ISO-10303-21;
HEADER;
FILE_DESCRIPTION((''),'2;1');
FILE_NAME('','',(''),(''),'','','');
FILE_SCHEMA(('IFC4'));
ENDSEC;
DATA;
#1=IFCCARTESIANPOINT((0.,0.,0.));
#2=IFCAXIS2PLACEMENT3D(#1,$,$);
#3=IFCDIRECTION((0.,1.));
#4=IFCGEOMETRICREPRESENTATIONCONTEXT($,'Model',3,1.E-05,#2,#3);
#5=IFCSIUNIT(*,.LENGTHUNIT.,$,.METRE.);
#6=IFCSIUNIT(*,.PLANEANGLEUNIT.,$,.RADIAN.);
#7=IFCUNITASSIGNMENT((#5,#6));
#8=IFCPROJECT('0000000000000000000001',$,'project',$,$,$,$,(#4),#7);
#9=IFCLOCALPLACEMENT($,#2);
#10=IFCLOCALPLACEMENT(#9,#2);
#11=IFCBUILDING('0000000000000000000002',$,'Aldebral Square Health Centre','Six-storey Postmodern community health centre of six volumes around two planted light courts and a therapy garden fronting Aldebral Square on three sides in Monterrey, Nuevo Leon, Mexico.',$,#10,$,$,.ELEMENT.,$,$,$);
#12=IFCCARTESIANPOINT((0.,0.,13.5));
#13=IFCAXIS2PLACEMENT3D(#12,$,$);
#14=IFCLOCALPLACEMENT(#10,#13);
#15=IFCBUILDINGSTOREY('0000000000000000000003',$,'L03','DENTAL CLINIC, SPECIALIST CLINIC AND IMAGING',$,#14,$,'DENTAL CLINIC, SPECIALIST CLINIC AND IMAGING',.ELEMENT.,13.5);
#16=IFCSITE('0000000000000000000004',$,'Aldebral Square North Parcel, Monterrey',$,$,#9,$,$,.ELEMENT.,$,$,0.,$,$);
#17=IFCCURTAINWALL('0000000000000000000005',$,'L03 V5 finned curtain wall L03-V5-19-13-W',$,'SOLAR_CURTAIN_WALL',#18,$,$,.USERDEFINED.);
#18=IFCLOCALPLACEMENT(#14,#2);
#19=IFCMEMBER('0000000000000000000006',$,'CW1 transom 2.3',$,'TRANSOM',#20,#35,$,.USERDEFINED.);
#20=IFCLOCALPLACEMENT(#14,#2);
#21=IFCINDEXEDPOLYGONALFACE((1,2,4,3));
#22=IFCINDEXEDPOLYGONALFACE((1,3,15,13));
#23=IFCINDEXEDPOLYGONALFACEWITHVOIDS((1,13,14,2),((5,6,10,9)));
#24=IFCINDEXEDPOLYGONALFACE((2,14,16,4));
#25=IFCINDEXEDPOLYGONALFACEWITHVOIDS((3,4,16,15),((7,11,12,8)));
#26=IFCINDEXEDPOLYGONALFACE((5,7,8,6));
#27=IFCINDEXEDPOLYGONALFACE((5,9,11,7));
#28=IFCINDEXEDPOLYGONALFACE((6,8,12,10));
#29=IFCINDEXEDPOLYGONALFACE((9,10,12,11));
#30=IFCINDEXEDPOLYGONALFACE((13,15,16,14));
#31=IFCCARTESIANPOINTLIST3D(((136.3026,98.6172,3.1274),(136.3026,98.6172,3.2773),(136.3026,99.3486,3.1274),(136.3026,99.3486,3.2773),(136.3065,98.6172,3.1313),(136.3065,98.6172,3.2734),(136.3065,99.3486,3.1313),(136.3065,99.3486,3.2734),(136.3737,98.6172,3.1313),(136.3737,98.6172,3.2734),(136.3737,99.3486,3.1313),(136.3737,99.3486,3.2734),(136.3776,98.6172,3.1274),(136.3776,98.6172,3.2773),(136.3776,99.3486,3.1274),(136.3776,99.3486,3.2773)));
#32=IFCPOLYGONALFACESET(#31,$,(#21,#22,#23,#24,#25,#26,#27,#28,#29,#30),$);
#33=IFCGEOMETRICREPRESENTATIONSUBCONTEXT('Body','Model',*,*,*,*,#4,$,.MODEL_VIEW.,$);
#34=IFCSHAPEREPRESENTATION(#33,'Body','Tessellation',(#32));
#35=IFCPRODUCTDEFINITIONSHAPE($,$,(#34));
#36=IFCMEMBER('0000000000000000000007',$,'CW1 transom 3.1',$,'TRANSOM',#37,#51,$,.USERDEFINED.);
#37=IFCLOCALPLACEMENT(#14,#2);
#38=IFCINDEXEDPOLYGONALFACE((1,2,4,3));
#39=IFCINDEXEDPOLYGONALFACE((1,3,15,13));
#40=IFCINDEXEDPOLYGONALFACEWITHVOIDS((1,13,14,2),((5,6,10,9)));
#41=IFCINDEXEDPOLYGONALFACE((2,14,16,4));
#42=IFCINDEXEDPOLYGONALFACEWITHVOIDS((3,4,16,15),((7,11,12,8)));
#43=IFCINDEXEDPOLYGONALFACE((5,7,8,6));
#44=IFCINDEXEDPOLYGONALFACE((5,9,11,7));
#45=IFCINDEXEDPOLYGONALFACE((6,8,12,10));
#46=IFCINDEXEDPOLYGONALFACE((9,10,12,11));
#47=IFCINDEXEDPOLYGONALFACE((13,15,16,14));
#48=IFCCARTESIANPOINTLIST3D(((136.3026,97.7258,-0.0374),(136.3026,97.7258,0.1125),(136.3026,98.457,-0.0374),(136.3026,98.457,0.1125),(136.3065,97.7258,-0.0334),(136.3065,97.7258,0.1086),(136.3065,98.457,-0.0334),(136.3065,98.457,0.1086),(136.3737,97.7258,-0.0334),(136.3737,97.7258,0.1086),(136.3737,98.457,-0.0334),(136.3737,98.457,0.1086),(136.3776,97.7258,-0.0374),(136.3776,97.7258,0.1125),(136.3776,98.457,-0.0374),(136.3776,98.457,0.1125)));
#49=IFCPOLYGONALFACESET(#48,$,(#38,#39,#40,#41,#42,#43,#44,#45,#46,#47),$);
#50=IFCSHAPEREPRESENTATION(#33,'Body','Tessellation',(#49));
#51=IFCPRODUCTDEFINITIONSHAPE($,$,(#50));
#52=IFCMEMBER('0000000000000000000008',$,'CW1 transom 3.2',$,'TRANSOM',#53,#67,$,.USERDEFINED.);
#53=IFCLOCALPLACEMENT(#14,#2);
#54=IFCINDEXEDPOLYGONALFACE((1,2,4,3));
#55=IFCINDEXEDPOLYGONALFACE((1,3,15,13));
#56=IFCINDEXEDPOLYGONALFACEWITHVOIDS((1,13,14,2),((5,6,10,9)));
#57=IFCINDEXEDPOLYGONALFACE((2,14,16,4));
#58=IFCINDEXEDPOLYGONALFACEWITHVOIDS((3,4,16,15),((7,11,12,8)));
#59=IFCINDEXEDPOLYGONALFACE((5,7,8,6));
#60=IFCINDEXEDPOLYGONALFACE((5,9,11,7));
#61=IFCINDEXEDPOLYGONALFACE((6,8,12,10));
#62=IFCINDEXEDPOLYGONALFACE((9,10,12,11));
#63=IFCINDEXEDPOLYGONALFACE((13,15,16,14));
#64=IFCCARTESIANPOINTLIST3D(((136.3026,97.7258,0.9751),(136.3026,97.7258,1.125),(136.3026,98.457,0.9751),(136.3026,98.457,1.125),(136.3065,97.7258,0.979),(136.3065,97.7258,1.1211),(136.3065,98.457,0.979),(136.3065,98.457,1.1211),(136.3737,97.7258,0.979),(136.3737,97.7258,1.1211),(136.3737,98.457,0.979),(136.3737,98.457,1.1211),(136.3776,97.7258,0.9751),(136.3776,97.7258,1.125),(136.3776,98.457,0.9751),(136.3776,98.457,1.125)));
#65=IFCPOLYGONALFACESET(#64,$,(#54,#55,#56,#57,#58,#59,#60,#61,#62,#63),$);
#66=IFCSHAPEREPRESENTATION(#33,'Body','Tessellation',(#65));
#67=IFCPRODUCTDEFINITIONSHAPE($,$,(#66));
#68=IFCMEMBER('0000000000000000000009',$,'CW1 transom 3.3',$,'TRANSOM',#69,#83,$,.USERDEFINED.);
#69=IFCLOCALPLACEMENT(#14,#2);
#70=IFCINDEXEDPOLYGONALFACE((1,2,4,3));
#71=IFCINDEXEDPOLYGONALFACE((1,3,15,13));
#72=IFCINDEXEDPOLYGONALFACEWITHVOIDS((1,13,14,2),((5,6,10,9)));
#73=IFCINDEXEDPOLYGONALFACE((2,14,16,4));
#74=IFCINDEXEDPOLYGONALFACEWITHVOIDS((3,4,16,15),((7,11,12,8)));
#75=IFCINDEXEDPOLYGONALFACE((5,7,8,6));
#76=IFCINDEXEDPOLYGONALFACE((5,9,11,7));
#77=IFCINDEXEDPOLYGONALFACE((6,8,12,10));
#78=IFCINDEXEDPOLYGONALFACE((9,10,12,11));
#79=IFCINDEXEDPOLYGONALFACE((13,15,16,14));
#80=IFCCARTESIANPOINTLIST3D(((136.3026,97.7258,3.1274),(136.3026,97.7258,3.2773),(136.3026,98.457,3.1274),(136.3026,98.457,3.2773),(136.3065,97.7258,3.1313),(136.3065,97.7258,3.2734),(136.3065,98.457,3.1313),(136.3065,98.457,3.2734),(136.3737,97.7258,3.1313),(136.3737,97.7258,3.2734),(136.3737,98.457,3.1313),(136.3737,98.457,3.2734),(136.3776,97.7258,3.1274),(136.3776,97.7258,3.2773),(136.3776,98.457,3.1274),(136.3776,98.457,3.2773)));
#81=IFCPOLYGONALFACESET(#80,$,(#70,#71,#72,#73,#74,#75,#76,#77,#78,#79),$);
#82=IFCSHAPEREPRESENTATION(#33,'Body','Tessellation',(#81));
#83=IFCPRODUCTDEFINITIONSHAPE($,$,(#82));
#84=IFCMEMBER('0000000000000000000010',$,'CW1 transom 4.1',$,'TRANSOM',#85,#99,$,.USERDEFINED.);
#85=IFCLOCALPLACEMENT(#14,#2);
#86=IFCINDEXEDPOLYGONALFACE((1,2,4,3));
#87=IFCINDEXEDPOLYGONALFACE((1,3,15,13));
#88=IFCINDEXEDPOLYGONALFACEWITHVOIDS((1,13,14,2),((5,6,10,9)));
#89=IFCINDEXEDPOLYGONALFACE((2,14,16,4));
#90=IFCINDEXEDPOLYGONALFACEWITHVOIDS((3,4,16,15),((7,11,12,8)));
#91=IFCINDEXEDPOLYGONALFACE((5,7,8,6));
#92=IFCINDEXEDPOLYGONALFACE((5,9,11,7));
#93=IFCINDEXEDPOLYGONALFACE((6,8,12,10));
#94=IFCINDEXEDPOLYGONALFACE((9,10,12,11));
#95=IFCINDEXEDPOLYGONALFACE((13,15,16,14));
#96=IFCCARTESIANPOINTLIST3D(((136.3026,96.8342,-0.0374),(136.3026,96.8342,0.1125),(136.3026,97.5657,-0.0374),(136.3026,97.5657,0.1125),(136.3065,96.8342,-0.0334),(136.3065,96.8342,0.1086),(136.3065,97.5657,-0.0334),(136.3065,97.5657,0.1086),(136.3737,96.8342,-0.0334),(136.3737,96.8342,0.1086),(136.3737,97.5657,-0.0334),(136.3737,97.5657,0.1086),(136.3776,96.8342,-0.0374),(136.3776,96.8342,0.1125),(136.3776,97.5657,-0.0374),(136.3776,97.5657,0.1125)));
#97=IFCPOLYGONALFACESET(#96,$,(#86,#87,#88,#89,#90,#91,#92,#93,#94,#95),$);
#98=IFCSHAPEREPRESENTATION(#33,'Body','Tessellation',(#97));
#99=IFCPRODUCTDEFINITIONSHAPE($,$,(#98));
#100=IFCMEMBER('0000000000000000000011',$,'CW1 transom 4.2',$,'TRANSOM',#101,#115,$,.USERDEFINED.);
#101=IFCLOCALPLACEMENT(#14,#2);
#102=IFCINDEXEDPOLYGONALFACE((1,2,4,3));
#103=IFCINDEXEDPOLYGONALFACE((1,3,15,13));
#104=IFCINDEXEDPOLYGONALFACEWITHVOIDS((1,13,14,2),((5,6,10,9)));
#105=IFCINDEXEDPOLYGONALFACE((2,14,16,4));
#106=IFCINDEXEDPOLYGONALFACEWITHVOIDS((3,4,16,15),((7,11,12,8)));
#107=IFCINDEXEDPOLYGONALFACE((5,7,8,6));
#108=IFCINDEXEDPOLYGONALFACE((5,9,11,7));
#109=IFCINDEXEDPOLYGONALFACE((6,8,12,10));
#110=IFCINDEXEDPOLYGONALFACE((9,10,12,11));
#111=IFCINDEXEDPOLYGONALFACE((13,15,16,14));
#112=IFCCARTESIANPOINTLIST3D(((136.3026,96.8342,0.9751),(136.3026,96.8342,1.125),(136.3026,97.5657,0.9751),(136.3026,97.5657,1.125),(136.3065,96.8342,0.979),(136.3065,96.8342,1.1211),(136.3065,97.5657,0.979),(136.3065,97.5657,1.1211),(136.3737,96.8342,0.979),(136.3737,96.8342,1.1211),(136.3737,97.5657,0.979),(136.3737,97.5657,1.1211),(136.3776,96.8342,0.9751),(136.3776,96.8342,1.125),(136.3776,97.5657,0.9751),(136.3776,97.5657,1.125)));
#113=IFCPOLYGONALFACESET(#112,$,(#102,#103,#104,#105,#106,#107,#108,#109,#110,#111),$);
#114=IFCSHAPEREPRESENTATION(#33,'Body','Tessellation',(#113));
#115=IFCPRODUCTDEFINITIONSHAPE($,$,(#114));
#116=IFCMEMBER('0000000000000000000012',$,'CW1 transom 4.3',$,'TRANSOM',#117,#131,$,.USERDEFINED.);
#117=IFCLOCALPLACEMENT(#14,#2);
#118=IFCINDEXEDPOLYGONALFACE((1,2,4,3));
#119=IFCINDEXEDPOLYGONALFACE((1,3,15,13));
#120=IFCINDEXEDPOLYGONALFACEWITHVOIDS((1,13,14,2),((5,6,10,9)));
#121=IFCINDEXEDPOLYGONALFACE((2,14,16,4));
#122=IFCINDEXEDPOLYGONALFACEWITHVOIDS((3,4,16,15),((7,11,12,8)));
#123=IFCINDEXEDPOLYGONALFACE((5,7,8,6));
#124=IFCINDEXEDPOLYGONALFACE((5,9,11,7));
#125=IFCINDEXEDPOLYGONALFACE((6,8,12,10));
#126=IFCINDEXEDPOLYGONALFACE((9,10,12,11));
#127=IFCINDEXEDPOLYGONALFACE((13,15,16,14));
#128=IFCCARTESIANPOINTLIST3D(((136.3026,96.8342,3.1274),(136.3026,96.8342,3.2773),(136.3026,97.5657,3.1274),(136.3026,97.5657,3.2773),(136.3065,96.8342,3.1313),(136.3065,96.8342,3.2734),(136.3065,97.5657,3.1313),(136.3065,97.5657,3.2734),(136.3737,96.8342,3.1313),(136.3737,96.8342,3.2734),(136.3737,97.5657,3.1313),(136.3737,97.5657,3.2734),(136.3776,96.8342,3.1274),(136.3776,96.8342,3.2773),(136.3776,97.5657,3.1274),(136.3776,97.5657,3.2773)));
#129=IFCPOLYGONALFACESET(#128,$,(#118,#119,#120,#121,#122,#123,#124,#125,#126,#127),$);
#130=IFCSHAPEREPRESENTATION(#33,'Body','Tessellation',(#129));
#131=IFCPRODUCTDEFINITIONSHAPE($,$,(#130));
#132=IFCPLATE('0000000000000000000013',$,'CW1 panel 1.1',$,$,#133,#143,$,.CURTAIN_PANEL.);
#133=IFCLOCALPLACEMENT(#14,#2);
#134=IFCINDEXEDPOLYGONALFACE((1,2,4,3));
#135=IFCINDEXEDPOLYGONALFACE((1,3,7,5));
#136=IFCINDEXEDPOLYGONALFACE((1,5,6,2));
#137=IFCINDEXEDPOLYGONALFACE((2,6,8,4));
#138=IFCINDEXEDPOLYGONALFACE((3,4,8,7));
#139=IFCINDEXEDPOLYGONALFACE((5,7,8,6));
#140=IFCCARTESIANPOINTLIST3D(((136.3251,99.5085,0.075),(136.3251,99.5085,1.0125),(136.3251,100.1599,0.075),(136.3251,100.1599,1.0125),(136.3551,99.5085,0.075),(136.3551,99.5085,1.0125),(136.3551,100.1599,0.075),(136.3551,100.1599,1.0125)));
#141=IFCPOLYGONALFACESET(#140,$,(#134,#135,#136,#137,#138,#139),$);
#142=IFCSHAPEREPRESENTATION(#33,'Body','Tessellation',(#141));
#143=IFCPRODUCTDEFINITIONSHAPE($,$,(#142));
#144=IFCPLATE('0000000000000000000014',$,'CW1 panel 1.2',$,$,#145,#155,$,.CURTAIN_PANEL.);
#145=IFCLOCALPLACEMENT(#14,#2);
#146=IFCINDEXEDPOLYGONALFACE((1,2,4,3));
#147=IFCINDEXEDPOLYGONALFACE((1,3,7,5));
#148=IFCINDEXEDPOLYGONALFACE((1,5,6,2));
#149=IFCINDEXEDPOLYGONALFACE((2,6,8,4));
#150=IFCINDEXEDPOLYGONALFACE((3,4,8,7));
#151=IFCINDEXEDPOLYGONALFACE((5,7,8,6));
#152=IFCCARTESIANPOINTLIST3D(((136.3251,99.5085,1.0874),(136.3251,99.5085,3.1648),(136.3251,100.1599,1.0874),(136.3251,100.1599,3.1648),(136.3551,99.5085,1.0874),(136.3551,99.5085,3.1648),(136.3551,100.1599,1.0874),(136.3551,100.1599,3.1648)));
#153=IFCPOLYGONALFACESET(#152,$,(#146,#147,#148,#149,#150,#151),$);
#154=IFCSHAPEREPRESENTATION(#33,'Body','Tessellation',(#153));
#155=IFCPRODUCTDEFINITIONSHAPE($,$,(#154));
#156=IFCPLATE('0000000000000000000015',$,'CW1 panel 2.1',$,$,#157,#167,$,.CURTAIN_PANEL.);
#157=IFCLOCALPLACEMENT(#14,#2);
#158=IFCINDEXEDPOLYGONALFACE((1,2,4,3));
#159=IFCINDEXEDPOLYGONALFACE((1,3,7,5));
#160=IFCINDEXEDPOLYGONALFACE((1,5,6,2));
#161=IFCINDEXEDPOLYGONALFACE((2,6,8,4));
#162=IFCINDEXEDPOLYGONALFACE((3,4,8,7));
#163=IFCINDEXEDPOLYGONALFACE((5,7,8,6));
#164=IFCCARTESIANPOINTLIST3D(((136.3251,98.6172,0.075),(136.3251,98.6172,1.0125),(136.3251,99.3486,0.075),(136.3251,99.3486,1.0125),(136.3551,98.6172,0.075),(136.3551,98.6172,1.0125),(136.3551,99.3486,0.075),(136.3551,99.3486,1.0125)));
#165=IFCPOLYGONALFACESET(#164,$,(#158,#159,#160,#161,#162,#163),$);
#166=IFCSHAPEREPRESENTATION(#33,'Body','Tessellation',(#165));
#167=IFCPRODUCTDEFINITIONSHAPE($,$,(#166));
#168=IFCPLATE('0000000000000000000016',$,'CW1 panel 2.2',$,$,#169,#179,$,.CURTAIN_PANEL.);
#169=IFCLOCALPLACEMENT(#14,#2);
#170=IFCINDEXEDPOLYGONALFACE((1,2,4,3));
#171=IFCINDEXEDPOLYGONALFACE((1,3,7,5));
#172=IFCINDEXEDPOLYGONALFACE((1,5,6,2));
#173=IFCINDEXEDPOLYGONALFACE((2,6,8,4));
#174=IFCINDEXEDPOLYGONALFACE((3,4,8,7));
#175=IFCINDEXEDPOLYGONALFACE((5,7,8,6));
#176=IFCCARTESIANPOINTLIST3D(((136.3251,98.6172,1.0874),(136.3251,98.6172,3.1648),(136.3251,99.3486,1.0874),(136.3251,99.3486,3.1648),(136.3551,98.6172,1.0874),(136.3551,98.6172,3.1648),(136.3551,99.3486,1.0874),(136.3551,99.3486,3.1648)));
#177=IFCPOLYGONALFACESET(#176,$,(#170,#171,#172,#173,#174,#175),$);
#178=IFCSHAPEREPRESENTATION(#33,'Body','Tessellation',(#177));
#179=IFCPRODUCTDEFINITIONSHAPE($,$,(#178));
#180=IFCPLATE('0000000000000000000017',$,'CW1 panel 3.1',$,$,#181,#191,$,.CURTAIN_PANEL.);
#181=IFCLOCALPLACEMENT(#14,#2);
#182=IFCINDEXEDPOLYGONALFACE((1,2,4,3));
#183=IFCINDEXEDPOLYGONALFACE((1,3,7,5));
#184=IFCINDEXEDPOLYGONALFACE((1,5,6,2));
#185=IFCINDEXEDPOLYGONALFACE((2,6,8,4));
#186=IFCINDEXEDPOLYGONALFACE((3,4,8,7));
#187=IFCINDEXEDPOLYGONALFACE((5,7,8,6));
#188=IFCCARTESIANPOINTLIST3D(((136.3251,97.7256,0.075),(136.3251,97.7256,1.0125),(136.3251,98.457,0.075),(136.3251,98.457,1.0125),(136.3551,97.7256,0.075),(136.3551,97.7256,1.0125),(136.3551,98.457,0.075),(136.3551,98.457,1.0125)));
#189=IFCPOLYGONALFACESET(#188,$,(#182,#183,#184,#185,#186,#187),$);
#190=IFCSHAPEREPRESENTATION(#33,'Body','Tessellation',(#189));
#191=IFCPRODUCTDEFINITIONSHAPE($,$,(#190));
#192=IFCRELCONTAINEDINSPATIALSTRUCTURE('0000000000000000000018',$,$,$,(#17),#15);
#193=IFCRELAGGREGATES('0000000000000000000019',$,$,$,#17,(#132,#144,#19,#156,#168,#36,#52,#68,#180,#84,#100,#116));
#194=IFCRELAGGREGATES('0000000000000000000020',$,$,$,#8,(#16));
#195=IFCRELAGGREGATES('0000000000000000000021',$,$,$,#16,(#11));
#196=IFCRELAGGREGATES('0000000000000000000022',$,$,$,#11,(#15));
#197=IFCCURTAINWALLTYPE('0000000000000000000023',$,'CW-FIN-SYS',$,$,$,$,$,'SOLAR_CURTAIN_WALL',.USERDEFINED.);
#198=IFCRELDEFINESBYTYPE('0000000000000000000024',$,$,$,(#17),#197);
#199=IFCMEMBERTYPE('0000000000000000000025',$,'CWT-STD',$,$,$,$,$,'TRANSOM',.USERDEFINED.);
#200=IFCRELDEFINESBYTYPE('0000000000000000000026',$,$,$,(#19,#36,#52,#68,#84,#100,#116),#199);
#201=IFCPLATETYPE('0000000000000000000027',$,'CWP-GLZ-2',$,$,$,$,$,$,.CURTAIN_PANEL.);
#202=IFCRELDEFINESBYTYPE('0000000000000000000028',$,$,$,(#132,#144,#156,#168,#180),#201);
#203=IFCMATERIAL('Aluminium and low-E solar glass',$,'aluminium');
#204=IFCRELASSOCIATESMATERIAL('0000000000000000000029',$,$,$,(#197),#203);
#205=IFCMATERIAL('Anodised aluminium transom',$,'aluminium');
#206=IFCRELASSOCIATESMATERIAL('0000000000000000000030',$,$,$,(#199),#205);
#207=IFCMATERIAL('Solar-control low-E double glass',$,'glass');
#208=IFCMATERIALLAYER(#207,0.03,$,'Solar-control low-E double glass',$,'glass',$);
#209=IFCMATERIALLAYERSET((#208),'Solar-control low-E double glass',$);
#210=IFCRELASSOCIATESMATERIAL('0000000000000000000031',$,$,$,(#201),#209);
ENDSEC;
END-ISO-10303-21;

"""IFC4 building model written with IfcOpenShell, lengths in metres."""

from ifc_helpers import new_model, si_unit, direction, frame, origin, origin_2d, place, context, subcontext, project, spatial, rectangle, hollow_rectangle, extrude, material, layer, layer_set, material_profile, profile_set, type_object, element, aggregate, save


model = new_model("IFC4")

# Units and contexts
model_context = context("Model", 3, precision=1e-05, world=origin(), true_north=direction((0.0, 1.0)))
body_context = subcontext(model_context, "Body", "Model", "MODEL_VIEW")
ifc_project = project(units=[si_unit("LENGTHUNIT", "METRE"), si_unit("PLANEANGLEUNIT", "RADIAN")], contexts=[model_context])

# Site, building, storey
site_placement = place(None, origin())
site = spatial("IfcSite", under=ifc_project, at=site_placement, Name="Aldebral Square North Parcel, Monterrey", CompositionType="ELEMENT", RefElevation=0.0)
building_placement = place(site_placement, origin())
building = spatial("IfcBuilding", under=site, at=building_placement, Name="Aldebral Square Health Centre", Description="Six-storey Postmodern community health centre of six volumes around two planted light courts and a therapy garden fronting Aldebral Square on three sides in Monterrey, Nuevo Leon, Mexico.", CompositionType="ELEMENT")
storey_placement = place(building_placement, frame((0.0, 0.0, 13.5)))
storey = spatial("IfcBuildingStorey", under=building, at=storey_placement, Name="L03", Description="DENTAL CLINIC, SPECIALIST CLINIC AND IMAGING", LongName="DENTAL CLINIC, SPECIALIST CLINIC AND IMAGING", CompositionType="ELEMENT", Elevation=13.5)

# Curtain wall
ifc_material_1 = material(Name="Aluminium and low-E solar glass", Category="aluminium")
curtain_wall_type = type_object("IfcCurtainWallType", Name="CW-FIN-SYS", ElementType="SOLAR_CURTAIN_WALL", PredefinedType="USERDEFINED", material=ifc_material_1)
curtain_wall_1_placement = place(storey_placement, origin())
curtain_wall_1 = element("IfcCurtainWall", 1, at=curtain_wall_1_placement, inside=storey, type_object=curtain_wall_type, Name="L03 V5 finned curtain wall L03-V5-19-13-W", ObjectType="SOLAR_CURTAIN_WALL", PredefinedType="USERDEFINED")

# Members
ifc_material_2 = material(Name="Anodised aluminium transom", Category="aluminium")
ifc_material_profile_1 = material_profile(ifc_material_2, hollow_rectangle(XDim=0.075, YDim=0.1499, WallThickness=0.0039, at=origin_2d()), Name="CWT 75x150x4")
ifc_profile_set_1 = profile_set([ifc_material_profile_1], Name="Anodised aluminium transom")
member_type_1 = type_object("IfcMemberType", Name="CWT-STD", ElementType="TRANSOM", PredefinedType="USERDEFINED", material=ifc_profile_set_1)
member_1_placement = place(storey_placement, frame((136.3401, 99.3486, 3.2024), z_axis=(0.0, -1.0, 0.0), x_axis=(1.0, 0.0, 0.0)))
member_1 = element("IfcMember", 2, at=member_1_placement, type_object=member_type_1, Name="CW1 transom 2.3", ObjectType="TRANSOM", PredefinedType="USERDEFINED", context=body_context, shape_type="SweptSolid", body=[
    extrude(hollow_rectangle(XDim=0.075, YDim=0.1499, WallThickness=0.0039, at=origin_2d()), origin(), (0.0, 0.0, 1.0), 0.7314),
])
member_2_placement = place(storey_placement, frame((136.3401, 98.457, 0.0376), z_axis=(0.0, -1.0, 0.0), x_axis=(1.0, 0.0, 0.0)))
member_2 = element("IfcMember", 3, at=member_2_placement, type_object=member_type_1, Name="CW1 transom 3.1", ObjectType="TRANSOM", PredefinedType="USERDEFINED", context=body_context, shape_type="SweptSolid", body=[
    extrude(hollow_rectangle(XDim=0.075, YDim=0.1499, WallThickness=0.0039, at=origin_2d()), origin(), (0.0, 0.0, 1.0), 0.7312),
])
member_3_placement = place(storey_placement, frame((136.3401, 98.457, 1.05), z_axis=(0.0, -1.0, 0.0), x_axis=(1.0, 0.0, 0.0)))
member_3 = element("IfcMember", 4, at=member_3_placement, type_object=member_type_1, Name="CW1 transom 3.2", ObjectType="TRANSOM", PredefinedType="USERDEFINED", context=body_context, shape_type="SweptSolid", body=[
    extrude(hollow_rectangle(XDim=0.075, YDim=0.1499, WallThickness=0.0039, at=origin_2d()), origin(), (0.0, 0.0, 1.0), 0.7312),
])
member_4_placement = place(storey_placement, frame((136.3401, 98.457, 3.2024), z_axis=(0.0, -1.0, 0.0), x_axis=(1.0, 0.0, 0.0)))
member_4 = element("IfcMember", 5, at=member_4_placement, type_object=member_type_1, Name="CW1 transom 3.3", ObjectType="TRANSOM", PredefinedType="USERDEFINED", context=body_context, shape_type="SweptSolid", body=[
    extrude(hollow_rectangle(XDim=0.075, YDim=0.1499, WallThickness=0.0039, at=origin_2d()), origin(), (0.0, 0.0, 1.0), 0.7312),
])
member_5_placement = place(storey_placement, frame((136.3401, 97.5657, 0.0376), z_axis=(0.0, -1.0, 0.0), x_axis=(1.0, 0.0, 0.0)))
member_5 = element("IfcMember", 6, at=member_5_placement, type_object=member_type_1, Name="CW1 transom 4.1", ObjectType="TRANSOM", PredefinedType="USERDEFINED", context=body_context, shape_type="SweptSolid", body=[
    extrude(hollow_rectangle(XDim=0.075, YDim=0.1499, WallThickness=0.0039, at=origin_2d()), origin(), (0.0, 0.0, 1.0), 0.7314),
])
member_6_placement = place(storey_placement, frame((136.3401, 97.5657, 1.05), z_axis=(0.0, -1.0, 0.0), x_axis=(1.0, 0.0, 0.0)))
member_6 = element("IfcMember", 7, at=member_6_placement, type_object=member_type_1, Name="CW1 transom 4.2", ObjectType="TRANSOM", PredefinedType="USERDEFINED", context=body_context, shape_type="SweptSolid", body=[
    extrude(hollow_rectangle(XDim=0.075, YDim=0.1499, WallThickness=0.0039, at=origin_2d()), origin(), (0.0, 0.0, 1.0), 0.7314),
])
member_7_placement = place(storey_placement, frame((136.3401, 97.5657, 3.2024), z_axis=(0.0, -1.0, 0.0), x_axis=(1.0, 0.0, 0.0)))
member_7 = element("IfcMember", 8, at=member_7_placement, type_object=member_type_1, Name="CW1 transom 4.3", ObjectType="TRANSOM", PredefinedType="USERDEFINED", context=body_context, shape_type="SweptSolid", body=[
    extrude(hollow_rectangle(XDim=0.075, YDim=0.1499, WallThickness=0.0039, at=origin_2d()), origin(), (0.0, 0.0, 1.0), 0.7314),
])

# Plates
ifc_material_3 = material(Name="Solar-control low-E double glass", Category="glass")
ifc_layer_1 = layer(ifc_material_3, 0.03, Name="Solar-control low-E double glass", Category="glass")
ifc_layer_set_1 = layer_set([ifc_layer_1], Name="Solar-control low-E double glass")
plate_type_1 = type_object("IfcPlateType", Name="CWP-GLZ-2", PredefinedType="CURTAIN_PANEL", material=ifc_layer_set_1)
plate_1_placement = place(storey_placement, frame((136.3401, 99.8342, 0.075), z_axis=(0.0, 0.0, 1.0), x_axis=(0.0, -1.0, 0.0)))
plate_1 = element("IfcPlate", 9, at=plate_1_placement, type_object=plate_type_1, Name="CW1 panel 1.1", PredefinedType="CURTAIN_PANEL", context=body_context, shape_type="SweptSolid", body=[
    extrude(rectangle(XDim=0.6514, YDim=0.03, at=origin_2d()), origin(), (0.0, 0.0, 1.0), 0.9375),
])
plate_2_placement = place(storey_placement, frame((136.3401, 99.8342, 1.0874), z_axis=(0.0, 0.0, 1.0), x_axis=(0.0, -1.0, 0.0)))
plate_2 = element("IfcPlate", 10, at=plate_2_placement, type_object=plate_type_1, Name="CW1 panel 1.2", PredefinedType="CURTAIN_PANEL", context=body_context, shape_type="SweptSolid", body=[
    extrude(rectangle(XDim=0.6514, YDim=0.03, at=origin_2d()), origin(), (0.0, 0.0, 1.0), 2.0774),
])
plate_3_placement = place(storey_placement, frame((136.3401, 98.9829, 0.075), z_axis=(0.0, 0.0, 1.0), x_axis=(0.0, -1.0, 0.0)))
plate_3 = element("IfcPlate", 11, at=plate_3_placement, type_object=plate_type_1, Name="CW1 panel 2.1", PredefinedType="CURTAIN_PANEL", context=body_context, shape_type="SweptSolid", body=[
    extrude(rectangle(XDim=0.7314, YDim=0.03, at=origin_2d()), origin(), (0.0, 0.0, 1.0), 0.9375),
])
plate_4_placement = place(storey_placement, frame((136.3401, 98.9829, 1.0874), z_axis=(0.0, 0.0, 1.0), x_axis=(0.0, -1.0, 0.0)))
plate_4 = element("IfcPlate", 12, at=plate_4_placement, type_object=plate_type_1, Name="CW1 panel 2.2", PredefinedType="CURTAIN_PANEL", context=body_context, shape_type="SweptSolid", body=[
    extrude(rectangle(XDim=0.7314, YDim=0.03, at=origin_2d()), origin(), (0.0, 0.0, 1.0), 2.0774),
])
plate_5_placement = place(storey_placement, frame((136.3401, 98.0913, 0.075), z_axis=(0.0, 0.0, 1.0), x_axis=(0.0, -1.0, 0.0)))
plate_5 = element("IfcPlate", 13, at=plate_5_placement, type_object=plate_type_1, Name="CW1 panel 3.1", PredefinedType="CURTAIN_PANEL", context=body_context, shape_type="SweptSolid", body=[
    extrude(rectangle(XDim=0.7314, YDim=0.03, at=origin_2d()), origin(), (0.0, 0.0, 1.0), 0.9375),
])
aggregate(curtain_wall_1, [plate_1, plate_2, member_1, plate_3, plate_4, member_2, member_3, member_4, plate_5, member_5, member_6, member_7])

save(model, "model.ifc")
